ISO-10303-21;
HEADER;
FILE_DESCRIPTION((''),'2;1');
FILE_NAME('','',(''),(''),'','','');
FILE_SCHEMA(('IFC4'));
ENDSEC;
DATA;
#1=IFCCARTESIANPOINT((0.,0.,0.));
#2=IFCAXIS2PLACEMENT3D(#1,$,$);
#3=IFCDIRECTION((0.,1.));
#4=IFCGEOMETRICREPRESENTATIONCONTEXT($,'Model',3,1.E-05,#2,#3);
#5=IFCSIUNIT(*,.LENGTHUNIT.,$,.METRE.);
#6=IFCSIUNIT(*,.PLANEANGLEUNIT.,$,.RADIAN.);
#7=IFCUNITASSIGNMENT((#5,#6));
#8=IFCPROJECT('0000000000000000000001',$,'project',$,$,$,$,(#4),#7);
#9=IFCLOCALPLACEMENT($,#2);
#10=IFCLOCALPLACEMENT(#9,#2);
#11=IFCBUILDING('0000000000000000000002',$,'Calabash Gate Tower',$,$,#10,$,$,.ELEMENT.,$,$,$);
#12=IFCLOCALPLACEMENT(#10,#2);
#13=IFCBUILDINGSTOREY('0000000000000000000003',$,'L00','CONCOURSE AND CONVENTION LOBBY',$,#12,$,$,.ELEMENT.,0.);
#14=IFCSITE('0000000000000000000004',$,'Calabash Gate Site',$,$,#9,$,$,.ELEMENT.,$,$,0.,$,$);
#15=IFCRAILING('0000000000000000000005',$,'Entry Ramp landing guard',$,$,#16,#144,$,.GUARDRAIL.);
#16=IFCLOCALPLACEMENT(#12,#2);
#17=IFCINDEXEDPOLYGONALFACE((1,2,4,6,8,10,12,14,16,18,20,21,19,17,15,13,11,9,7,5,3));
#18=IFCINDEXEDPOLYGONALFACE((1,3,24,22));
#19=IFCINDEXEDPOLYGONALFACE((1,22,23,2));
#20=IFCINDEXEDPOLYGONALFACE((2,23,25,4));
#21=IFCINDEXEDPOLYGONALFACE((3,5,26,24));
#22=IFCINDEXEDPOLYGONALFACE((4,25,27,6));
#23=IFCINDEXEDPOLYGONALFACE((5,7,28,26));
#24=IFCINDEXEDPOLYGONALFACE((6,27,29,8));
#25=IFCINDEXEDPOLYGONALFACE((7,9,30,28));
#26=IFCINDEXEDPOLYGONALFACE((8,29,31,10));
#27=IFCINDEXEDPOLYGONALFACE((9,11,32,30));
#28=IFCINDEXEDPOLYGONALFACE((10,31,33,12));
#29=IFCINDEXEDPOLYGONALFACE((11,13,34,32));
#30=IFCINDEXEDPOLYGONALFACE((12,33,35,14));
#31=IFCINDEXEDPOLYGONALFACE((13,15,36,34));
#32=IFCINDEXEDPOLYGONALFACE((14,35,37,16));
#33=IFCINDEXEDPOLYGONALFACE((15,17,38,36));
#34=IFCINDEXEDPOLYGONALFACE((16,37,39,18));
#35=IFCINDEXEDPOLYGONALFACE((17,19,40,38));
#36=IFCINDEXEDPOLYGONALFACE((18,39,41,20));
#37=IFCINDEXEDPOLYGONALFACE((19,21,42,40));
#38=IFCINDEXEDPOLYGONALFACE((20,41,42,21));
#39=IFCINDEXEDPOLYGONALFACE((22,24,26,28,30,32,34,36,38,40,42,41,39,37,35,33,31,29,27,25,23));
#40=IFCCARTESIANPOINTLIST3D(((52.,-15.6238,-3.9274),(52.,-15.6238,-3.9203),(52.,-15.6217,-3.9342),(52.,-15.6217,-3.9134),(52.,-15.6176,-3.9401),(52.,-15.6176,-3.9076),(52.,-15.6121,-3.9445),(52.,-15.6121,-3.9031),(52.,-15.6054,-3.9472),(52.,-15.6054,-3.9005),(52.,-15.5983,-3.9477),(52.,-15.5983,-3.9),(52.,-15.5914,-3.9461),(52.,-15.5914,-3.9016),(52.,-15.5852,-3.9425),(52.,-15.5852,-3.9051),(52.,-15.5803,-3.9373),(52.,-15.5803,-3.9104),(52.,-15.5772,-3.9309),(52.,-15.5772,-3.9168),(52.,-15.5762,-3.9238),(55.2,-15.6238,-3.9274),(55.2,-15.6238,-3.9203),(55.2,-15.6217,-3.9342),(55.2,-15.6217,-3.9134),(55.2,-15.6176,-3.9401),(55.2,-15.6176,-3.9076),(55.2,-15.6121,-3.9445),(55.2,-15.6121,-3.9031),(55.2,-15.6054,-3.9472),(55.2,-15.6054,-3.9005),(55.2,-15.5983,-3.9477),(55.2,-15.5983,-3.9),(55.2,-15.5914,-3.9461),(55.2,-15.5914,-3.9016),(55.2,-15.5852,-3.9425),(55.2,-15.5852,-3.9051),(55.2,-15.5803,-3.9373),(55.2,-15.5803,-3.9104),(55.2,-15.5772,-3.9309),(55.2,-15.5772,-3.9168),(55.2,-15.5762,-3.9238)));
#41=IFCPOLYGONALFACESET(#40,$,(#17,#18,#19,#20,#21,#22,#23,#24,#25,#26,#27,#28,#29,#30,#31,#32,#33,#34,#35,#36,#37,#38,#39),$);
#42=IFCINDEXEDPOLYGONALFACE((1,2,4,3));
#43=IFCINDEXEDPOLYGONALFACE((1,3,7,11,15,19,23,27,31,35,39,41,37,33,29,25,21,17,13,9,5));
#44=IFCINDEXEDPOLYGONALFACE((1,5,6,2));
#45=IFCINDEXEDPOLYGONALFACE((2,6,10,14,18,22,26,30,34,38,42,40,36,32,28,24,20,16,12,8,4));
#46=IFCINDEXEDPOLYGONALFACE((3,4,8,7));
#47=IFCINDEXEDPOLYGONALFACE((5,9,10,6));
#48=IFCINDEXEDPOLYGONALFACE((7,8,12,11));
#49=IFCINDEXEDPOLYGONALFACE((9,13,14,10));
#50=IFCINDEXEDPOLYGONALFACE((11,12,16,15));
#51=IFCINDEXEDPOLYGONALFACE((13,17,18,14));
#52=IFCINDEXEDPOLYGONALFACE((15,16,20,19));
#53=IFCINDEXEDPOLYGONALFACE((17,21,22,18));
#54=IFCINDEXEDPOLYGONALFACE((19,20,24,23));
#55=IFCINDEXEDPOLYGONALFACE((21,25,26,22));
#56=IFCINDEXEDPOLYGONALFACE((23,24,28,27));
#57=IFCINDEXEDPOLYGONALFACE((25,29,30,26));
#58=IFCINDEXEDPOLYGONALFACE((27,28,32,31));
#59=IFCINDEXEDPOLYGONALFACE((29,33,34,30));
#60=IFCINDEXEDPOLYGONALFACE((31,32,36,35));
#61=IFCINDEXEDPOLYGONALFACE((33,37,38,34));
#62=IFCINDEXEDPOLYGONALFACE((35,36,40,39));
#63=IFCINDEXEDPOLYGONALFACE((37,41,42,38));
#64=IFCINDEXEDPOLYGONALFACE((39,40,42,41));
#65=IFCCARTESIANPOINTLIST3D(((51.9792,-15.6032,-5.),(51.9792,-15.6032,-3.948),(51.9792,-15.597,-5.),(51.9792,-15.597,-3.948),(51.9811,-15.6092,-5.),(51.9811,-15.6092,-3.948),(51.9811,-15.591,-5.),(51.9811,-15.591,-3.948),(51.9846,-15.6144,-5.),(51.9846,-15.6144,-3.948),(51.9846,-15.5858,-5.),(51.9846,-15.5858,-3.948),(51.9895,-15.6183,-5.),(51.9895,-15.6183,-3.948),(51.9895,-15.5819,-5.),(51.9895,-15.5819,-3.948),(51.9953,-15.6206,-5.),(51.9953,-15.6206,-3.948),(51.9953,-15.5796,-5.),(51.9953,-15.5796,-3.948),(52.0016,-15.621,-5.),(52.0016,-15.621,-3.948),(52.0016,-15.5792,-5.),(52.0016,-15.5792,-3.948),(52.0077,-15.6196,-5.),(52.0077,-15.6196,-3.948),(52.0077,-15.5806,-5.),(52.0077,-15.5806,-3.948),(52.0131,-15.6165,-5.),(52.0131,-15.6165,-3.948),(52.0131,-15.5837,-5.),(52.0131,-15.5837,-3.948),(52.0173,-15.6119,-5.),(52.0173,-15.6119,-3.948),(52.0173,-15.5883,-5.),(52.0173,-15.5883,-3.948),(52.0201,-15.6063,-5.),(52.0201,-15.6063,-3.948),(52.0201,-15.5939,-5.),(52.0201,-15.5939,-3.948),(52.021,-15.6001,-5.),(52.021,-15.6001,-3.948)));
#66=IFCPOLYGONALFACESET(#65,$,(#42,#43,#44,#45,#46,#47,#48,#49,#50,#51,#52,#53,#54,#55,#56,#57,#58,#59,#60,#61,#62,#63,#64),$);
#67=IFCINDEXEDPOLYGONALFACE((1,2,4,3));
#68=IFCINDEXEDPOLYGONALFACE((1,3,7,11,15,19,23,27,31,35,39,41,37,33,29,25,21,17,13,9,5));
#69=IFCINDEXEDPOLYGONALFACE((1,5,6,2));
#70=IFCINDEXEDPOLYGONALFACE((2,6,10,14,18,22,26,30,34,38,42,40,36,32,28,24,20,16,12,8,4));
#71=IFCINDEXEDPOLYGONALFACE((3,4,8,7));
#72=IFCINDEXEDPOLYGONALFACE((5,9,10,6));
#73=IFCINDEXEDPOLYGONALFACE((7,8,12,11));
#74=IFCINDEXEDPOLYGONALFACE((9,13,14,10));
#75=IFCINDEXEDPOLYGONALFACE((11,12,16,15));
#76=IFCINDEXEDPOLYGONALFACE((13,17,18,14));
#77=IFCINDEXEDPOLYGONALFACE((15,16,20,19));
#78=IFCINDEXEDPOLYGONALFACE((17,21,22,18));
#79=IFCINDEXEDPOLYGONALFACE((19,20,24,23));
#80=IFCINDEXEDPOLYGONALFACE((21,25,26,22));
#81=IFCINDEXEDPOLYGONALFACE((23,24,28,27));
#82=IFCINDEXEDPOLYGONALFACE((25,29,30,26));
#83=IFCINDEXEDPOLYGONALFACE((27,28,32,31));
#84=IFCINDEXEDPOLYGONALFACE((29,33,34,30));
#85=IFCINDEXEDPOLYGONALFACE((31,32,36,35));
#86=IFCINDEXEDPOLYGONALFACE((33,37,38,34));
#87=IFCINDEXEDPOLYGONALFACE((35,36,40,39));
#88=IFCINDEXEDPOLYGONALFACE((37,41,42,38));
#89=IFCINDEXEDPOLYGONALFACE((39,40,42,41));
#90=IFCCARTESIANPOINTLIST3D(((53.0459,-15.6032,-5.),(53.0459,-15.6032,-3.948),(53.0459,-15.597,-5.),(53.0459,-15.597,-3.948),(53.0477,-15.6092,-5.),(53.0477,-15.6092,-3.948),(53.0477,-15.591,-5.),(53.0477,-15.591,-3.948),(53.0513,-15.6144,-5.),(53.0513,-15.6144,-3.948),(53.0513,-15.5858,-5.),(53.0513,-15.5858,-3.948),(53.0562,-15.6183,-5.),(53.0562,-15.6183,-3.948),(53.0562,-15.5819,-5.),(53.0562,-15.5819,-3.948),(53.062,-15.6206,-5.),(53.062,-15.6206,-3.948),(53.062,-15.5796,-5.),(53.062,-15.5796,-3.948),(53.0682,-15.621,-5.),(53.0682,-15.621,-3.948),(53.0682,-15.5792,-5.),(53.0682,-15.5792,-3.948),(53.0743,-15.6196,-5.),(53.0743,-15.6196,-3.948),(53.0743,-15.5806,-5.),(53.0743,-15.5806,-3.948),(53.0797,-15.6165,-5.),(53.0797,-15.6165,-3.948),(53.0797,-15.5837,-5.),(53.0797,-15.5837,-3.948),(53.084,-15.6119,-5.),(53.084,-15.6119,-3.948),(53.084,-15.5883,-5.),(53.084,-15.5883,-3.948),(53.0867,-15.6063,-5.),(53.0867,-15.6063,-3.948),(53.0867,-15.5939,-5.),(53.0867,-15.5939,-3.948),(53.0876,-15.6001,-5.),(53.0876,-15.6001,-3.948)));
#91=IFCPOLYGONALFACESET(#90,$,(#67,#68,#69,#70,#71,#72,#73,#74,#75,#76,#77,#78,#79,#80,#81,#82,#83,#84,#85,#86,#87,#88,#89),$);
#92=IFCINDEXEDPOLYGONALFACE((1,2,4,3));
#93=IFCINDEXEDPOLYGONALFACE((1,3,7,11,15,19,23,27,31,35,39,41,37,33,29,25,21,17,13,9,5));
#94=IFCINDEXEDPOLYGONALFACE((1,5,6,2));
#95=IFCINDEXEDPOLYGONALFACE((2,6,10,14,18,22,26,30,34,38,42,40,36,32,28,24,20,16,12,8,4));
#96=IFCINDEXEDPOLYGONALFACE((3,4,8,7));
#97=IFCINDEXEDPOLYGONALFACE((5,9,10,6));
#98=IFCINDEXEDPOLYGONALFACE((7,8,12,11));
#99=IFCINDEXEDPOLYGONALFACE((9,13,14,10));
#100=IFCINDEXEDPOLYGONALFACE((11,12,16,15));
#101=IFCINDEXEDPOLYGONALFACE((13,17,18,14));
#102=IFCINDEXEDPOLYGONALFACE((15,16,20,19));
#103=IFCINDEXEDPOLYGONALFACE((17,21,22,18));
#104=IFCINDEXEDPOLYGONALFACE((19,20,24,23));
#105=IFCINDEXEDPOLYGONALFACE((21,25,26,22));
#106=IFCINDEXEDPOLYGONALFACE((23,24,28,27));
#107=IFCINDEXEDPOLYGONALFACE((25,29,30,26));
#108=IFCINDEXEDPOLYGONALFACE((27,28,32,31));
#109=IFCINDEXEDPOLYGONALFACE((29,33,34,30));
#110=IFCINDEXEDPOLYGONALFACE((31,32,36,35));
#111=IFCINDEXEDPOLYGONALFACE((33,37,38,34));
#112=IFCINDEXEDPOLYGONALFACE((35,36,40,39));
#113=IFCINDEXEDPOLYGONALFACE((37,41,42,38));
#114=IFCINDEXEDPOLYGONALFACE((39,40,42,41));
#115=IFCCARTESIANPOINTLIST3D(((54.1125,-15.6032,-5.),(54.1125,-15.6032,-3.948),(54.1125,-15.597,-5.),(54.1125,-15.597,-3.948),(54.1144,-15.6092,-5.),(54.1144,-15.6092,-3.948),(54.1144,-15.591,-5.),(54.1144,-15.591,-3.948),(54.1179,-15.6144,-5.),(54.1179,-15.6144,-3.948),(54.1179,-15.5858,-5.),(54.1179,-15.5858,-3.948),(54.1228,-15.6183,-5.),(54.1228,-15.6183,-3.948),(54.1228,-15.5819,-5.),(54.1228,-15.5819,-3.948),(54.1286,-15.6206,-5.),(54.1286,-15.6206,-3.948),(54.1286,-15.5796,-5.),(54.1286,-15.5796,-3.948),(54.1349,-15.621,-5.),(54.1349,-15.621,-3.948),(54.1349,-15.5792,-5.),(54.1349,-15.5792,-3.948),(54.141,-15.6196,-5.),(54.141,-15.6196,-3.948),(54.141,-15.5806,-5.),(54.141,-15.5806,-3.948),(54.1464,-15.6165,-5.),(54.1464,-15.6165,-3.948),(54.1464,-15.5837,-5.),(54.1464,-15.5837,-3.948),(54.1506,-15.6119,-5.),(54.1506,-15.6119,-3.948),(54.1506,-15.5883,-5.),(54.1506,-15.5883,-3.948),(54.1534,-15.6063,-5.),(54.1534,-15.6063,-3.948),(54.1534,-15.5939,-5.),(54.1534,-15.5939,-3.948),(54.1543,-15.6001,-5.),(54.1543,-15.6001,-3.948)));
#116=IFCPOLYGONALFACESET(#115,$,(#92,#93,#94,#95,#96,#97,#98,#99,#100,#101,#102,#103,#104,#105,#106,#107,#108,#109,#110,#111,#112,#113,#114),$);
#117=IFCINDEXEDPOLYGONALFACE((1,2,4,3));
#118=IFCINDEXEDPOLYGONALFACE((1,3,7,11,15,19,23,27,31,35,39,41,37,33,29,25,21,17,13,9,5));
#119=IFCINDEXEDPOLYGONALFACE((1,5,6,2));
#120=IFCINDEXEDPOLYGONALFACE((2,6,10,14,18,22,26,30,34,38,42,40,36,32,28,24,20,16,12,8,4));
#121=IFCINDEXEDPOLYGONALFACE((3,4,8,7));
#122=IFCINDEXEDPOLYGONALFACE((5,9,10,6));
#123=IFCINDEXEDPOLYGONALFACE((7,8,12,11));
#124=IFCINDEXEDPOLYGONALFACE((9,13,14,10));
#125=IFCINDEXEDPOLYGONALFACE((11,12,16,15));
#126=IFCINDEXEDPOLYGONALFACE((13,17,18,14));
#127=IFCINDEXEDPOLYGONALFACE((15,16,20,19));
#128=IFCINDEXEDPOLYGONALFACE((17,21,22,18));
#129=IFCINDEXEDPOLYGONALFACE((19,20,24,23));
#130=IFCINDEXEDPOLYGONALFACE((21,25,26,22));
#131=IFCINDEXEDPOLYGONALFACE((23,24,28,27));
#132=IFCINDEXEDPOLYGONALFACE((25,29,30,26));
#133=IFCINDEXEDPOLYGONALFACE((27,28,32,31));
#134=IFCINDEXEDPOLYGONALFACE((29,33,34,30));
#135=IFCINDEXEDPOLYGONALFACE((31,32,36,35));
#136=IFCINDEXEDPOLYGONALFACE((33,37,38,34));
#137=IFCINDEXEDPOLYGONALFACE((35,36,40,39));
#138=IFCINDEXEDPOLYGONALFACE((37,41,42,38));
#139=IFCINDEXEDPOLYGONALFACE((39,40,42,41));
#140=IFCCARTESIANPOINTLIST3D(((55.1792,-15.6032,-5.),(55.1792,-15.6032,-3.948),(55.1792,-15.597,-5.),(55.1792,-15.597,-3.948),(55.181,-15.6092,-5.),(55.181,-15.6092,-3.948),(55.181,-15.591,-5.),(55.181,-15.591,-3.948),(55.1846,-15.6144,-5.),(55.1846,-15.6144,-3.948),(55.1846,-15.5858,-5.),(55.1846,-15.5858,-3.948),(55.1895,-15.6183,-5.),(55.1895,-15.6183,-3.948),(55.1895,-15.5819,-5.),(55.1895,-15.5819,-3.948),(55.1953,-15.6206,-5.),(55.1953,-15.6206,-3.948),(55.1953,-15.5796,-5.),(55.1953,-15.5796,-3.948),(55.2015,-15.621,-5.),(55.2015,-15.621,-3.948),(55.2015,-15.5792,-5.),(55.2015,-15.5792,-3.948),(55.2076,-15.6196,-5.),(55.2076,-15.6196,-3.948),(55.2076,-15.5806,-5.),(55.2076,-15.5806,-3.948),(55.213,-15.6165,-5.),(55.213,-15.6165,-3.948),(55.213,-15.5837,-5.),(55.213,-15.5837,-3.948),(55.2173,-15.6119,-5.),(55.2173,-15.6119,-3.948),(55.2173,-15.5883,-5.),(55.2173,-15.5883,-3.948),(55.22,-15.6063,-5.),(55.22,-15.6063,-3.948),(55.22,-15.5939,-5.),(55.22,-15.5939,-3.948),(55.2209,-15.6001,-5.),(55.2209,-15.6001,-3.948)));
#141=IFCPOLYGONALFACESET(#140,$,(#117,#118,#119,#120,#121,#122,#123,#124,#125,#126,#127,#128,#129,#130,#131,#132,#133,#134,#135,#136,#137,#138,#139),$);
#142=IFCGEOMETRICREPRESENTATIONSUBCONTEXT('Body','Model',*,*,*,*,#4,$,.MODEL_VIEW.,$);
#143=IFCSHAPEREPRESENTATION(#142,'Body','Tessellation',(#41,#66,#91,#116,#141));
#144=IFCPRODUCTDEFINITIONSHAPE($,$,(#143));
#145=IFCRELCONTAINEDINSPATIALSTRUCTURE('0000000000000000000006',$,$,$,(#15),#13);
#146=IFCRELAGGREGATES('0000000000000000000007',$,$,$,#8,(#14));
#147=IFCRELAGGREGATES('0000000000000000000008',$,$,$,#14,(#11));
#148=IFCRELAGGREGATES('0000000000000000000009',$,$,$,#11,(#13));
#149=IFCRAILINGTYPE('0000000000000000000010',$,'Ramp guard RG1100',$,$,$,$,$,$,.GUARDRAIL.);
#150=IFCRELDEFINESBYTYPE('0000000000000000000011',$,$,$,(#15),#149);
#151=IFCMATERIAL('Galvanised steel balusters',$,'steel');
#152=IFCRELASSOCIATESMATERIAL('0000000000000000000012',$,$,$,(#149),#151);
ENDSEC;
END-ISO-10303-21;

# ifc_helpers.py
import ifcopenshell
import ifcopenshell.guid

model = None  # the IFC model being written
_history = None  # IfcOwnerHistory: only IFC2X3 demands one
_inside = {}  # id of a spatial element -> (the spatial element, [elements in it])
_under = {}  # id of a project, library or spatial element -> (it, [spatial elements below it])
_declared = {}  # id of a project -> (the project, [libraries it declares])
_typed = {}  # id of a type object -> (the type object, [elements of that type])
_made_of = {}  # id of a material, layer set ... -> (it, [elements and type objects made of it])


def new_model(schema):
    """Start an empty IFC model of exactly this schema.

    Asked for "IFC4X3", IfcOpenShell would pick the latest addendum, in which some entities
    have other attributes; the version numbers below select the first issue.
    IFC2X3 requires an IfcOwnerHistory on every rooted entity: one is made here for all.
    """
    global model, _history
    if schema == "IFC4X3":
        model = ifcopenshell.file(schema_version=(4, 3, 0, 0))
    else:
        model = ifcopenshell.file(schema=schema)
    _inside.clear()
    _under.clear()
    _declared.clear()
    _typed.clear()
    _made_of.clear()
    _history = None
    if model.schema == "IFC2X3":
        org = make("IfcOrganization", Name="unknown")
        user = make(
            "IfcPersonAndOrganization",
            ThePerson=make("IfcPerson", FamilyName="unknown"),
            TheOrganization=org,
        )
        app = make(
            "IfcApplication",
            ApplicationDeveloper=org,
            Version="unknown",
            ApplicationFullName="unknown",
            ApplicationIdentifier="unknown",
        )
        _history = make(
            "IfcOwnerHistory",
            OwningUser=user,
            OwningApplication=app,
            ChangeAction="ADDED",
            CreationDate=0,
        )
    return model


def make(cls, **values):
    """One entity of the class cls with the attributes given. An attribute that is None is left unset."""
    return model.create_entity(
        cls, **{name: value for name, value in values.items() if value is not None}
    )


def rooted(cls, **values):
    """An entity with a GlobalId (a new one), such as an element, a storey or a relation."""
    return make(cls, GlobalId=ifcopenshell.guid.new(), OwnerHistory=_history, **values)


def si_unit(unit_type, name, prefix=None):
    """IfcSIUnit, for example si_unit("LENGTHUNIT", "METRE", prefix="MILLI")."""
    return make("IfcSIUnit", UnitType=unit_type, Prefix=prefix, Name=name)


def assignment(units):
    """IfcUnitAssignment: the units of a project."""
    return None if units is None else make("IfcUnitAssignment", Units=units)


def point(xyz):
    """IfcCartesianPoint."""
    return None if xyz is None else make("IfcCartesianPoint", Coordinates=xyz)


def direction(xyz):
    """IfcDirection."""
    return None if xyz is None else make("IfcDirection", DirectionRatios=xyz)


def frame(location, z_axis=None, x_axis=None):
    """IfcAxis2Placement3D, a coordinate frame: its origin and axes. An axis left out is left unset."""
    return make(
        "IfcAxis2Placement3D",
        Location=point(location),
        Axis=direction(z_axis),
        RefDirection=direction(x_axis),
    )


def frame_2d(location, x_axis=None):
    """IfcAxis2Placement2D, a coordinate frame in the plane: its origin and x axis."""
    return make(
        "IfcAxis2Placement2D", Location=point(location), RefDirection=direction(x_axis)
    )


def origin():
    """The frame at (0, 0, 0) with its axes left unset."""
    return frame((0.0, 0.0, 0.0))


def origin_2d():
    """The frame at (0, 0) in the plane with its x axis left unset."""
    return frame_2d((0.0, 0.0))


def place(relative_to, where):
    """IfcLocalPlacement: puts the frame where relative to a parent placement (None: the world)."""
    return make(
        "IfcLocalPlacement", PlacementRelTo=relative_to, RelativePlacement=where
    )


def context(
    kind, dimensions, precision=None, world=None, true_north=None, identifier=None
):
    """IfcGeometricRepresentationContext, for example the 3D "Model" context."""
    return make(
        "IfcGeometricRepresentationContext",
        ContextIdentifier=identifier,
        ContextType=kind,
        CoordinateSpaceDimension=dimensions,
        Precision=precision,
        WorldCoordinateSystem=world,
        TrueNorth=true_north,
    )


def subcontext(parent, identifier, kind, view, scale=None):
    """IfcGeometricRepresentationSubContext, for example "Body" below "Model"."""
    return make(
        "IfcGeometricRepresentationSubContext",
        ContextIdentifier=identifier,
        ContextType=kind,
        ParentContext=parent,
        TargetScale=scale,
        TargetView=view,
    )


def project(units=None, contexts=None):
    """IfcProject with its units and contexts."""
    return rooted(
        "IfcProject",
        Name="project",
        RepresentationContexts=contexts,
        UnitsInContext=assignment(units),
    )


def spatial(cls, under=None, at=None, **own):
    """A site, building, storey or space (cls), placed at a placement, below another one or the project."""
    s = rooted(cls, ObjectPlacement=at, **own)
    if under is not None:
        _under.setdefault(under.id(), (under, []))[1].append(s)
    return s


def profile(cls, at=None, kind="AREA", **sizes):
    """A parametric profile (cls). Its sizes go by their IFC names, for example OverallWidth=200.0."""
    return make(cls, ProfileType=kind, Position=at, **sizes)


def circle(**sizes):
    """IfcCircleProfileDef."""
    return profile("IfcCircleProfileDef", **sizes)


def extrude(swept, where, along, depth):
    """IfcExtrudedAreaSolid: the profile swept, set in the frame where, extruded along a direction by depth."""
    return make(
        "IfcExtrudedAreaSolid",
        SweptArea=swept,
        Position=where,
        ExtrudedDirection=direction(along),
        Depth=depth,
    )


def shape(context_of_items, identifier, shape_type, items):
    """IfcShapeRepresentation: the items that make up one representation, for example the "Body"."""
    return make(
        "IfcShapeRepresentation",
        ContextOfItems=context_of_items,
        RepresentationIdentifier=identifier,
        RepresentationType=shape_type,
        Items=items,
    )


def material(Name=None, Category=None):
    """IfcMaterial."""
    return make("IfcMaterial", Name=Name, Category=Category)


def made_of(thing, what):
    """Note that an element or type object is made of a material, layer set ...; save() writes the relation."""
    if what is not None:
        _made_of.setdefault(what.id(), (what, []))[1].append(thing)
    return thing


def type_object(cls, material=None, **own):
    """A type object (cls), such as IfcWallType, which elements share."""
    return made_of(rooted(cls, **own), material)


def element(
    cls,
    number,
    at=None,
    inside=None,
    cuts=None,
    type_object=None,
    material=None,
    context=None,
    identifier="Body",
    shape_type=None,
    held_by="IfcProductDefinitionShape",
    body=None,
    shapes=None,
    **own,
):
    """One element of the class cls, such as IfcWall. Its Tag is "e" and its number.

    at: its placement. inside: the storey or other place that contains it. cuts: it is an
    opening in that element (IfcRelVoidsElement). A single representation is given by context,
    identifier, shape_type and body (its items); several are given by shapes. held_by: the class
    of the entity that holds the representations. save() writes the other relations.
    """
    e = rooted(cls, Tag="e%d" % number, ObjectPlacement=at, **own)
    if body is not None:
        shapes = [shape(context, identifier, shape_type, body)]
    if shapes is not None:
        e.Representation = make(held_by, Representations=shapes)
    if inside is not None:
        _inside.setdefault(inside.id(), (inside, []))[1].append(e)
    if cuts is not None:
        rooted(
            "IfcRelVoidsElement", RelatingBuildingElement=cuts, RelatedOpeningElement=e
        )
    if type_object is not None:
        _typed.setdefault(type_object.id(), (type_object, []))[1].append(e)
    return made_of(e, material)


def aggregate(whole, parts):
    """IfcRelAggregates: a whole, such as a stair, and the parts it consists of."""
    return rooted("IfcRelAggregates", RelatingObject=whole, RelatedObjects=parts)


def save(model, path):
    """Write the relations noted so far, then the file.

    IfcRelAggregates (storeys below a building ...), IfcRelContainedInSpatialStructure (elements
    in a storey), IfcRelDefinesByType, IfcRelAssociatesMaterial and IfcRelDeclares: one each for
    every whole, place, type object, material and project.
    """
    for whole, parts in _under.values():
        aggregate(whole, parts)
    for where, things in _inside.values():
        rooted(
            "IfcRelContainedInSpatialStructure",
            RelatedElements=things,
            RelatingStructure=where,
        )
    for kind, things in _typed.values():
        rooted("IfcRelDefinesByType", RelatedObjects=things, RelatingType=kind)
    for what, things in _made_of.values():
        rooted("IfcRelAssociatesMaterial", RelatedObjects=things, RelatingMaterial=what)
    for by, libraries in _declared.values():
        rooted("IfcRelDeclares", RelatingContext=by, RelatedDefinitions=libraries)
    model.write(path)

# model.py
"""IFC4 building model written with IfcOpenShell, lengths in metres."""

from ifc_helpers import new_model, si_unit, direction, frame, origin, origin_2d, place, context, subcontext, project, spatial, circle, extrude, material, type_object, element, save


model = new_model("IFC4")

# Units and contexts
model_context = context("Model", 3, precision=1e-05, world=origin(), true_north=direction((0.0, 1.0)))
body_context = subcontext(model_context, "Body", "Model", "MODEL_VIEW")
ifc_project = project(units=[si_unit("LENGTHUNIT", "METRE"), si_unit("PLANEANGLEUNIT", "RADIAN")], contexts=[model_context])

# Site, building, storey
site_placement = place(None, origin())
site = spatial("IfcSite", under=ifc_project, at=site_placement, Name="Calabash Gate Site", CompositionType="ELEMENT", RefElevation=0.0)
building_placement = place(site_placement, origin())
building = spatial("IfcBuilding", under=site, at=building_placement, Name="Calabash Gate Tower", CompositionType="ELEMENT")
storey_placement = place(building_placement, origin())
storey = spatial("IfcBuildingStorey", under=building, at=storey_placement, Name="L00", Description="CONCOURSE AND CONVENTION LOBBY", CompositionType="ELEMENT", Elevation=0.0)

# Railing
ifc_material_1 = material(Name="Galvanised steel balusters", Category="steel")
railing_type = type_object("IfcRailingType", Name="Ramp guard RG1100", PredefinedType="GUARDRAIL", material=ifc_material_1)
railing_1_placement = place(storey_placement, frame((52.0, -15.6001, -5.0)))
element("IfcRailing", 1, at=railing_1_placement, inside=storey, type_object=railing_type, Name="Entry Ramp landing guard", PredefinedType="GUARDRAIL", context=body_context, shape_type="SweptSolid", body=[
    extrude(circle(Radius=0.0239, at=origin_2d()), frame((0.0, 0.0, 1.0762), z_axis=(1.0, 0.0, 0.0), x_axis=(0.0, 1.0, 0.0)), (0.0, 0.0, 1.0), 3.2),
    extrude(circle(Radius=0.021, at=origin_2d()), origin(), (0.0, 0.0, 1.0), 1.052),
    extrude(circle(Radius=0.021, at=origin_2d()), frame((1.0667, 0.0, 0.0)), (0.0, 0.0, 1.0), 1.052),
    extrude(circle(Radius=0.021, at=origin_2d()), frame((2.1333, 0.0, 0.0)), (0.0, 0.0, 1.0), 1.052),
    extrude(circle(Radius=0.021, at=origin_2d()), frame((3.2, 0.0, 0.0)), (0.0, 0.0, 1.0), 1.052),
])

save(model, "model.ifc")
